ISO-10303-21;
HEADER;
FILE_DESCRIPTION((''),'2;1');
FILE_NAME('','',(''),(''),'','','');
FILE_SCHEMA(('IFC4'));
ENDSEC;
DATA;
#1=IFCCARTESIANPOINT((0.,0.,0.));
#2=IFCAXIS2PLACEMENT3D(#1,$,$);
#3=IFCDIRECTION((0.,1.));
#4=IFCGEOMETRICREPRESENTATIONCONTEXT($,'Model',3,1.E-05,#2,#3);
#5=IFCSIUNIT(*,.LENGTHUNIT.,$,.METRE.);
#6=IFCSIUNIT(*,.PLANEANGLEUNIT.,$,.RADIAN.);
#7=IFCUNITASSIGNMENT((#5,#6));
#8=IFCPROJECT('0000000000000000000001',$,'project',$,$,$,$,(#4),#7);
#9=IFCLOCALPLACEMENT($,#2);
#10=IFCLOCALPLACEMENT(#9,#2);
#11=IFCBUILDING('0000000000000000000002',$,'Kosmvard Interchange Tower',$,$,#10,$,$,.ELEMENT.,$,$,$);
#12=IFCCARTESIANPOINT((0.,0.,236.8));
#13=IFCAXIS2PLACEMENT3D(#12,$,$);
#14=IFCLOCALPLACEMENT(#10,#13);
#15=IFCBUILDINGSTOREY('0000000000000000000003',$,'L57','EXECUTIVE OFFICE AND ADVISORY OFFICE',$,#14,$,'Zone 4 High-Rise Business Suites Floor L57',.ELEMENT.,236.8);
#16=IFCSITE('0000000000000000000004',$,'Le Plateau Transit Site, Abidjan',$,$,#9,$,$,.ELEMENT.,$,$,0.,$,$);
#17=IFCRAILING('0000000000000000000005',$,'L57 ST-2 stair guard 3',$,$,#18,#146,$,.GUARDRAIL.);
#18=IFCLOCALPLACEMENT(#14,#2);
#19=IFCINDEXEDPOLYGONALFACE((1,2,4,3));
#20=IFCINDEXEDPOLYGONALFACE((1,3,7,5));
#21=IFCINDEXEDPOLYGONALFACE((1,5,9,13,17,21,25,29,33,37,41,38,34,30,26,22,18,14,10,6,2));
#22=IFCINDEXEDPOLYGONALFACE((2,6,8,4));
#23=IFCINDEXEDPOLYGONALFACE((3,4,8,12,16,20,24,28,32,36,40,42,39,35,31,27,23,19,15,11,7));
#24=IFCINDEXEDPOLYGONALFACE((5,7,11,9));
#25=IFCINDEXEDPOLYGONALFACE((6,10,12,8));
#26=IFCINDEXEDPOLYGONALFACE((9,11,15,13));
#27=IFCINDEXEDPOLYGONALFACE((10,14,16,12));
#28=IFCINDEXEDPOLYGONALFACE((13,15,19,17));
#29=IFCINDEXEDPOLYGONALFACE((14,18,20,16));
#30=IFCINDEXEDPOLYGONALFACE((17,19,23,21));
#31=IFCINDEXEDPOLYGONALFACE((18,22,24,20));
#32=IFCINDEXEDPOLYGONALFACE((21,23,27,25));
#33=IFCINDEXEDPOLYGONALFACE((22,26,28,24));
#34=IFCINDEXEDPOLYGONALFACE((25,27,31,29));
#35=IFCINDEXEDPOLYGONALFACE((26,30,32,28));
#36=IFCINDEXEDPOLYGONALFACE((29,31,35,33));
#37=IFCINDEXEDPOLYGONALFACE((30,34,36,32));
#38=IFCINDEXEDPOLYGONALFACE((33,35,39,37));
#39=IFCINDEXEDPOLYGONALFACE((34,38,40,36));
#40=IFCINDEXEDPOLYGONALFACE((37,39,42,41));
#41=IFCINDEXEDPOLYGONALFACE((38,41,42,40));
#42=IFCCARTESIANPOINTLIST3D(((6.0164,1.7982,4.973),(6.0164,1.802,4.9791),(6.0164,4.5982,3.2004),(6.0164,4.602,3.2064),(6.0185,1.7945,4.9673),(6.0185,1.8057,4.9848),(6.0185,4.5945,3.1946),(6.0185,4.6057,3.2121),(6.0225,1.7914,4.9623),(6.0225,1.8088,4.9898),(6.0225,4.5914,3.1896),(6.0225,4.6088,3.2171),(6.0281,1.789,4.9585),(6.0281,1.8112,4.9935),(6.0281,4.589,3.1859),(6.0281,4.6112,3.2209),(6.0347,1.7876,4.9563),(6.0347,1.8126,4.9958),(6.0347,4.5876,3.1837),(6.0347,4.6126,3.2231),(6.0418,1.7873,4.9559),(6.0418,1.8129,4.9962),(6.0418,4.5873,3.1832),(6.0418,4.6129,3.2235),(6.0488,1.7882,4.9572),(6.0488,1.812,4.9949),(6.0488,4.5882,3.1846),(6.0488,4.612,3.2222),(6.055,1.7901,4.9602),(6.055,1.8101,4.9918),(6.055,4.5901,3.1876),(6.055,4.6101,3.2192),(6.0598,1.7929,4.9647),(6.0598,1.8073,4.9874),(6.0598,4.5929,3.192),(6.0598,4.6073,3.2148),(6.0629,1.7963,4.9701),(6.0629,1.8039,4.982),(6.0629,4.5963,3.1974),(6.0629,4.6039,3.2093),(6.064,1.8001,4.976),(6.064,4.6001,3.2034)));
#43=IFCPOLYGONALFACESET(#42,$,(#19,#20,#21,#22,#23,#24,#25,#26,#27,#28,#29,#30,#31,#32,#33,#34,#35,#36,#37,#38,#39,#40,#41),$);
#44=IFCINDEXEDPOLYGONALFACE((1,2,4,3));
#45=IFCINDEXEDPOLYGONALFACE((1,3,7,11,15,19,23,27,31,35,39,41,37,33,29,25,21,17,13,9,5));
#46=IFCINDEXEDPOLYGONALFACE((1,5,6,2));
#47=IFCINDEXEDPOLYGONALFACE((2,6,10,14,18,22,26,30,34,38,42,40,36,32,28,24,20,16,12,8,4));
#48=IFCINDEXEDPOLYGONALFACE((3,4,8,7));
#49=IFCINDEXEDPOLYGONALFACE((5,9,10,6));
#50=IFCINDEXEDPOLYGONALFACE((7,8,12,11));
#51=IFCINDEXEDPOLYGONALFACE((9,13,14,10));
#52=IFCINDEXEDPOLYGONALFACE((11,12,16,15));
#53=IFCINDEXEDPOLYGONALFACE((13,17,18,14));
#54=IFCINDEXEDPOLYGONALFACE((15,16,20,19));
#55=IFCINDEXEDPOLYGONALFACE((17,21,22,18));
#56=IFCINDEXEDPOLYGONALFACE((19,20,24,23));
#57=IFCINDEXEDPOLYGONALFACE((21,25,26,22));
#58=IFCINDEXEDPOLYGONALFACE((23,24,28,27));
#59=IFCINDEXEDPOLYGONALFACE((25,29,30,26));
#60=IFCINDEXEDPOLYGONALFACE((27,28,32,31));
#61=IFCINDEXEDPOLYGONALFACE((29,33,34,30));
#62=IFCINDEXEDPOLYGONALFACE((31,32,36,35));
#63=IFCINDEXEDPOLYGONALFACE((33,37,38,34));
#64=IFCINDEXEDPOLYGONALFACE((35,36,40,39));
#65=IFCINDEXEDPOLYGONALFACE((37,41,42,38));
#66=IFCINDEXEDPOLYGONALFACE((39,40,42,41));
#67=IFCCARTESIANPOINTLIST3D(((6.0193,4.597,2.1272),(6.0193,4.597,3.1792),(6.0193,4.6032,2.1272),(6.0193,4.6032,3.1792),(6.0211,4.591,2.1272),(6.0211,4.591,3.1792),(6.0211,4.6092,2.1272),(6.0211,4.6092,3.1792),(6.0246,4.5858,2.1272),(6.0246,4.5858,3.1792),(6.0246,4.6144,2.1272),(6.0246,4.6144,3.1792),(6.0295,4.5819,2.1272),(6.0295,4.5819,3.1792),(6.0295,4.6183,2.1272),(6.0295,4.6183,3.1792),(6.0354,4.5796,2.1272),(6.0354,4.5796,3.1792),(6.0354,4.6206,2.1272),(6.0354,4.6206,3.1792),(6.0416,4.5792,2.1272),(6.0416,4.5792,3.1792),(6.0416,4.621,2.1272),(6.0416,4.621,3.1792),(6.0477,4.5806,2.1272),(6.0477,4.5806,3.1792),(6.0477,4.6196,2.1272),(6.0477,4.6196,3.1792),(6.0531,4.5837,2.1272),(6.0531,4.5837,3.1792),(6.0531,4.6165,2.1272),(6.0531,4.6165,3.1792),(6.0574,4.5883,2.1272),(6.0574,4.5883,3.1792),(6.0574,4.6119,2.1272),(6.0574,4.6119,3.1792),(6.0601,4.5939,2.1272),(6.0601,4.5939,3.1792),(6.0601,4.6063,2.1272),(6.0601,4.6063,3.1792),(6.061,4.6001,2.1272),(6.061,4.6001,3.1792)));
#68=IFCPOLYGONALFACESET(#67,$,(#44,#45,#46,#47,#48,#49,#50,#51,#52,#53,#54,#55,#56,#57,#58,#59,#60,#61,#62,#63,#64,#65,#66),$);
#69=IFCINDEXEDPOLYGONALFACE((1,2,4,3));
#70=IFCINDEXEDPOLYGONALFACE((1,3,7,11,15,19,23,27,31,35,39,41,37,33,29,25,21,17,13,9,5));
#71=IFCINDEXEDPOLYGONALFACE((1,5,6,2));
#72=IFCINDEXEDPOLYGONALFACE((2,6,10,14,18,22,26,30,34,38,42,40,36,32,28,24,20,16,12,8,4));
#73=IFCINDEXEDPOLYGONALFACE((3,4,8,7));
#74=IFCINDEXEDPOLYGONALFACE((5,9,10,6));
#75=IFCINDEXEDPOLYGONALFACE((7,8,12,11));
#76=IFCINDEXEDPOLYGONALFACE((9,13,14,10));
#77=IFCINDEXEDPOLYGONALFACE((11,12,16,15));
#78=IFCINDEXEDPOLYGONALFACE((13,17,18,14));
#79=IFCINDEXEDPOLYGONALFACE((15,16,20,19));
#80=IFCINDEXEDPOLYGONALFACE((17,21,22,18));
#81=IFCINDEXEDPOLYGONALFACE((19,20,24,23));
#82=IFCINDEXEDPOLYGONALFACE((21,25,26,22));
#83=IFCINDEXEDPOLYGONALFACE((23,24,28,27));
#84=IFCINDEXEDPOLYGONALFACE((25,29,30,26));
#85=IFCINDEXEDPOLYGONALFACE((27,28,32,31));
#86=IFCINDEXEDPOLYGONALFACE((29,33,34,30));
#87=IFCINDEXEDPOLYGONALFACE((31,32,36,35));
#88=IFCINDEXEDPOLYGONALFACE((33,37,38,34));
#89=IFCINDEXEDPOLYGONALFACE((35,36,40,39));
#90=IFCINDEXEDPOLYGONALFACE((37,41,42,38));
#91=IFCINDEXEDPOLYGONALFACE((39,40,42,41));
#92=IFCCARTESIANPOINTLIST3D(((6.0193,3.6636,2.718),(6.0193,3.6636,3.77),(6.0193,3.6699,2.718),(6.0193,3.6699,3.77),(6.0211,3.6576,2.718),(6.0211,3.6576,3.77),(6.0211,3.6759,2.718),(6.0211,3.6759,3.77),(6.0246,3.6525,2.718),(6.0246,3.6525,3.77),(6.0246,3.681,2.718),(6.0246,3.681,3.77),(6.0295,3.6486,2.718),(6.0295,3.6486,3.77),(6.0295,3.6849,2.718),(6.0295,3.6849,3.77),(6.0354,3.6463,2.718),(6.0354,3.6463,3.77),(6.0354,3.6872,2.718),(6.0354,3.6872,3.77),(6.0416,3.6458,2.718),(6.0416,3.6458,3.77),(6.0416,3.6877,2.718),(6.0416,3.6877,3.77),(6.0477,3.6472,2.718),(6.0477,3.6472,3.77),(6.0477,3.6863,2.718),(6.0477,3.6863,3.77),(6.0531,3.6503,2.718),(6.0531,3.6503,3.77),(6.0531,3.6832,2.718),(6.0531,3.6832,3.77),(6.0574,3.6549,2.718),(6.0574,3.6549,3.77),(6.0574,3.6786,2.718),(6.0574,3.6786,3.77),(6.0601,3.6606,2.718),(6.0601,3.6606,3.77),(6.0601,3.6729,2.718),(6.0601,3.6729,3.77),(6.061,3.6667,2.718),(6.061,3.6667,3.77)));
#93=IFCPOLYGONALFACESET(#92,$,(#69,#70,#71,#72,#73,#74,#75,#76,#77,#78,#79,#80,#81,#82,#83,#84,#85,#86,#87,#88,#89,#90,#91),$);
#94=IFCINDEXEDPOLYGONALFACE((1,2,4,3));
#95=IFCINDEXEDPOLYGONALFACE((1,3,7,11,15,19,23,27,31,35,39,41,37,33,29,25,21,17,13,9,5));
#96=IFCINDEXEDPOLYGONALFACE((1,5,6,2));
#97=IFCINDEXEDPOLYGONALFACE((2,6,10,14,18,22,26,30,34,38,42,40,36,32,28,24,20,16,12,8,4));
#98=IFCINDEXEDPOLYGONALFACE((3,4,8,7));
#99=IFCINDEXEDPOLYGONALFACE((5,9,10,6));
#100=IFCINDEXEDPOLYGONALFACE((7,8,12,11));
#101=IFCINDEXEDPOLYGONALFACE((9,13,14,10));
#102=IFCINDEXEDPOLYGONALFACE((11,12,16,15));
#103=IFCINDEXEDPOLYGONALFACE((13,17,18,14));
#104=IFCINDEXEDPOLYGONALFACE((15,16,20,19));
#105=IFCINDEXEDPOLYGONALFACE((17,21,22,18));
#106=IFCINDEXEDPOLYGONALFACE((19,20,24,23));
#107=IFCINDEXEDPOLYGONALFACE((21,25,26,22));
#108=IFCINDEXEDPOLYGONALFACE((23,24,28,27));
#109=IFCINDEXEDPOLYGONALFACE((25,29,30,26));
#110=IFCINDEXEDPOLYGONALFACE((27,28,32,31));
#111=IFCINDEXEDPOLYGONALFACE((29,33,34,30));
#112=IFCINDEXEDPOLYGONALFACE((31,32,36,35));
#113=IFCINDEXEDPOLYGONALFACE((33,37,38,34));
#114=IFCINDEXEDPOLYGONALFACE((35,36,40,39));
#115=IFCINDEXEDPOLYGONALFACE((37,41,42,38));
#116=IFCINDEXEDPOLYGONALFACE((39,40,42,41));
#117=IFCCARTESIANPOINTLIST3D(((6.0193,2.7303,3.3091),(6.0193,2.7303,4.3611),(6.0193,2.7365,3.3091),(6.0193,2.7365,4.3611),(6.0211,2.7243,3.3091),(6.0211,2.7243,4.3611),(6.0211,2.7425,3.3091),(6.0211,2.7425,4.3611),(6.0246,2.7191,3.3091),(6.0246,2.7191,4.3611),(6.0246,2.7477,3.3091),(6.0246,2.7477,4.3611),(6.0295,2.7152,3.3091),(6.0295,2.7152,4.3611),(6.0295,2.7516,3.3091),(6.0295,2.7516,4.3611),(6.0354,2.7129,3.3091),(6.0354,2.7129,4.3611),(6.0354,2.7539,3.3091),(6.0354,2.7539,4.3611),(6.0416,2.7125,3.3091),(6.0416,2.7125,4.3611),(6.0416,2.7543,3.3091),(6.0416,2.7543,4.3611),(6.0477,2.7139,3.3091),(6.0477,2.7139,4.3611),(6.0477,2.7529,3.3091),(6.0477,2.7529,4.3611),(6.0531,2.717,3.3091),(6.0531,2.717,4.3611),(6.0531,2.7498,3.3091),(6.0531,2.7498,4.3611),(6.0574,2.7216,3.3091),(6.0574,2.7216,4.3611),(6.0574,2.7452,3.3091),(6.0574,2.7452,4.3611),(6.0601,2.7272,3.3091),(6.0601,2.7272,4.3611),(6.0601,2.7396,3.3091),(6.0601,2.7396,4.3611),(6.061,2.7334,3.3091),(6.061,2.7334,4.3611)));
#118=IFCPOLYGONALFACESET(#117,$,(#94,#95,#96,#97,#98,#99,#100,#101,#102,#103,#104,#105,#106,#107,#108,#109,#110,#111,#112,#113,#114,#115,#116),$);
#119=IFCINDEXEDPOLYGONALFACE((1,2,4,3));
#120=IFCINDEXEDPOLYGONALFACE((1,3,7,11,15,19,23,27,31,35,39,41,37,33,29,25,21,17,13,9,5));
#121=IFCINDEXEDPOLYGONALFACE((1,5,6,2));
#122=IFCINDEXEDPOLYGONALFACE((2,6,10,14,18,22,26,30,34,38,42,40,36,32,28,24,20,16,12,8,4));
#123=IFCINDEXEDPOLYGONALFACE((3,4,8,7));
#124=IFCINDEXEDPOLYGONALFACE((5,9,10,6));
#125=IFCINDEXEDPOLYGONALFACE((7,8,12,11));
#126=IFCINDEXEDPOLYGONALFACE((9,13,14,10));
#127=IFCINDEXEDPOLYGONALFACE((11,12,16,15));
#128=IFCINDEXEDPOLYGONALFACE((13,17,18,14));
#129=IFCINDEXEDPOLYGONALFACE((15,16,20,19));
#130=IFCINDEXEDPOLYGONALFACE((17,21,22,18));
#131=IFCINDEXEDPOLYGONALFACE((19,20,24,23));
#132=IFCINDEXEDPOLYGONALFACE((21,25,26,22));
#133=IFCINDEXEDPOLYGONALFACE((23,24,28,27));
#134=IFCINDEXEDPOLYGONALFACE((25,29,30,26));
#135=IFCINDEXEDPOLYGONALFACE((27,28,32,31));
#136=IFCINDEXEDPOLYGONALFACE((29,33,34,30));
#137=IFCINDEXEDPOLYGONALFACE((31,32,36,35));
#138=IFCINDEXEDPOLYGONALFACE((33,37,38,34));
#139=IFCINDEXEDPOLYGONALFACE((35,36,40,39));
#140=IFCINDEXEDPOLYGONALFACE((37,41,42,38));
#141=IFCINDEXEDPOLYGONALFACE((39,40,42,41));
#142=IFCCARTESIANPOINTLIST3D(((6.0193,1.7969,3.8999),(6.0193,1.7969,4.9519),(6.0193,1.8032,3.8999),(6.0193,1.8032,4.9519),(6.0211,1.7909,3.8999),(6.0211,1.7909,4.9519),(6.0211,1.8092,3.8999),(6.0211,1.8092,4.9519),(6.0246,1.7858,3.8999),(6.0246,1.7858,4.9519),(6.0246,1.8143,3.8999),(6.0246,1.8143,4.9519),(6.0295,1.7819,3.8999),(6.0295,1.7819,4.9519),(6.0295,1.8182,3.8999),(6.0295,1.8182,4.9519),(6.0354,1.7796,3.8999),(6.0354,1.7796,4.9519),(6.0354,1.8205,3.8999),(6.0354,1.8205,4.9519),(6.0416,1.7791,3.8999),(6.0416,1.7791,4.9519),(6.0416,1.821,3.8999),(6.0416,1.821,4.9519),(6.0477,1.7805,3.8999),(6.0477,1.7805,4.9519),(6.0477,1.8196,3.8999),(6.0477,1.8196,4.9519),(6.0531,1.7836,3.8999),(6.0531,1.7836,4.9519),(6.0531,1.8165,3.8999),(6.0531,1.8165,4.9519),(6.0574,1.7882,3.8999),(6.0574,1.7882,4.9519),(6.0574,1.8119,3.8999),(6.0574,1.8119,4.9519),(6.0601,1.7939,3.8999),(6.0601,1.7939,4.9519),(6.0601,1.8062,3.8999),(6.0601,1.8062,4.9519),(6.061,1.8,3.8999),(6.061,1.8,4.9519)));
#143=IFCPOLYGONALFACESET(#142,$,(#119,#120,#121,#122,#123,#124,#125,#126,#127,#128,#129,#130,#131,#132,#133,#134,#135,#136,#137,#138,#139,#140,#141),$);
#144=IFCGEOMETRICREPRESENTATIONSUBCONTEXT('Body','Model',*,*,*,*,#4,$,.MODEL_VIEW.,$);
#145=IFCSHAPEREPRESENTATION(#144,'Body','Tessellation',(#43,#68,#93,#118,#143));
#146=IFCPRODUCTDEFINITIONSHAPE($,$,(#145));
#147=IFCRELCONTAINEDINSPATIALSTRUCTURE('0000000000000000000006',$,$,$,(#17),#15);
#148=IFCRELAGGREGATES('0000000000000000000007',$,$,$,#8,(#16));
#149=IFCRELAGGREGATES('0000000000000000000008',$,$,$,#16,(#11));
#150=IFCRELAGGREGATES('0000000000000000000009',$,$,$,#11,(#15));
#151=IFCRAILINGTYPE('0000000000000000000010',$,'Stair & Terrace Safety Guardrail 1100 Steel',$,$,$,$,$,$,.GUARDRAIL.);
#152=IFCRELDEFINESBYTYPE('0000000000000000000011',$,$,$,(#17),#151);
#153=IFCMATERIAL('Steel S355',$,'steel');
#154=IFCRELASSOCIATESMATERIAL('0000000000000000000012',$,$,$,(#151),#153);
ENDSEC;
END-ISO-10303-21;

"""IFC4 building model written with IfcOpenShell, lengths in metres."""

from ifc_helpers import new_model, si_unit, direction, frame, origin, origin_2d, place, context, subcontext, project, spatial, circle, extrude, source, transform, mapped, material, type_object, element, save


model = new_model("IFC4")

# Units and contexts
model_context = context("Model", 3, precision=1e-05, world=origin(), true_north=direction((0.0, 1.0)))
body_context = subcontext(model_context, "Body", "Model", "MODEL_VIEW")
ifc_project = project(units=[si_unit("LENGTHUNIT", "METRE"), si_unit("PLANEANGLEUNIT", "RADIAN")], contexts=[model_context])

# Site, building, storey
site_placement = place(None, origin())
site = spatial("IfcSite", under=ifc_project, at=site_placement, Name="Le Plateau Transit Site, Abidjan", CompositionType="ELEMENT", RefElevation=0.0)
building_placement = place(site_placement, origin())
building = spatial("IfcBuilding", under=site, at=building_placement, Name="Kosmvard Interchange Tower", CompositionType="ELEMENT")
storey_placement = place(building_placement, frame((0.0, 0.0, 236.8)))
storey = spatial("IfcBuildingStorey", under=building, at=storey_placement, Name="L57", Description="EXECUTIVE OFFICE AND ADVISORY OFFICE", LongName="Zone 4 High-Rise Business Suites Floor L57", CompositionType="ELEMENT", Elevation=236.8)

# Shared definitions
ifc_material_1 = material(Name="Steel S355", Category="steel")

# Railing
railing_type_1 = type_object("IfcRailingType", Name="Stair & Terrace Safety Guardrail 1100 Steel", PredefinedType="GUARDRAIL", material=ifc_material_1)
shared_shape_1 = source(origin(), body_context, "Body", "SweptSolid", [
    extrude(circle(Radius=0.0239, at=origin_2d()), frame((0.0, 0.0, 1.0762), z_axis=(0.0, -0.844909, 0.53491), x_axis=(1.0, 0.0, 0.0)), (0.0, 0.0, 1.0), 3.314),
    extrude(circle(Radius=0.021, at=origin_2d()), origin(), (0.0, 0.0, 1.0), 1.052),
    extrude(circle(Radius=0.021, at=origin_2d()), frame((0.0, -0.9333, 0.5908)), (0.0, 0.0, 1.0), 1.052),
    extrude(circle(Radius=0.021, at=origin_2d()), frame((0.0, -1.8667, 1.1819)), (0.0, 0.0, 1.0), 1.052),
    extrude(circle(Radius=0.021, at=origin_2d()), frame((0.0, -2.8, 1.7727)), (0.0, 0.0, 1.0), 1.052),
])
railing_1_placement = place(storey_placement, frame((6.04, 4.6001, 2.1272)))
element("IfcRailing", 1, at=railing_1_placement, inside=storey, type_object=railing_type_1, Name="L57 ST-2 stair guard 3", PredefinedType="GUARDRAIL", context=body_context, shape_type="MappedRepresentation", body=[
    mapped(shared_shape_1, transform((0.0, 0.0, 0.0), scale=1.0)),
])

save(model, "model.ifc")
